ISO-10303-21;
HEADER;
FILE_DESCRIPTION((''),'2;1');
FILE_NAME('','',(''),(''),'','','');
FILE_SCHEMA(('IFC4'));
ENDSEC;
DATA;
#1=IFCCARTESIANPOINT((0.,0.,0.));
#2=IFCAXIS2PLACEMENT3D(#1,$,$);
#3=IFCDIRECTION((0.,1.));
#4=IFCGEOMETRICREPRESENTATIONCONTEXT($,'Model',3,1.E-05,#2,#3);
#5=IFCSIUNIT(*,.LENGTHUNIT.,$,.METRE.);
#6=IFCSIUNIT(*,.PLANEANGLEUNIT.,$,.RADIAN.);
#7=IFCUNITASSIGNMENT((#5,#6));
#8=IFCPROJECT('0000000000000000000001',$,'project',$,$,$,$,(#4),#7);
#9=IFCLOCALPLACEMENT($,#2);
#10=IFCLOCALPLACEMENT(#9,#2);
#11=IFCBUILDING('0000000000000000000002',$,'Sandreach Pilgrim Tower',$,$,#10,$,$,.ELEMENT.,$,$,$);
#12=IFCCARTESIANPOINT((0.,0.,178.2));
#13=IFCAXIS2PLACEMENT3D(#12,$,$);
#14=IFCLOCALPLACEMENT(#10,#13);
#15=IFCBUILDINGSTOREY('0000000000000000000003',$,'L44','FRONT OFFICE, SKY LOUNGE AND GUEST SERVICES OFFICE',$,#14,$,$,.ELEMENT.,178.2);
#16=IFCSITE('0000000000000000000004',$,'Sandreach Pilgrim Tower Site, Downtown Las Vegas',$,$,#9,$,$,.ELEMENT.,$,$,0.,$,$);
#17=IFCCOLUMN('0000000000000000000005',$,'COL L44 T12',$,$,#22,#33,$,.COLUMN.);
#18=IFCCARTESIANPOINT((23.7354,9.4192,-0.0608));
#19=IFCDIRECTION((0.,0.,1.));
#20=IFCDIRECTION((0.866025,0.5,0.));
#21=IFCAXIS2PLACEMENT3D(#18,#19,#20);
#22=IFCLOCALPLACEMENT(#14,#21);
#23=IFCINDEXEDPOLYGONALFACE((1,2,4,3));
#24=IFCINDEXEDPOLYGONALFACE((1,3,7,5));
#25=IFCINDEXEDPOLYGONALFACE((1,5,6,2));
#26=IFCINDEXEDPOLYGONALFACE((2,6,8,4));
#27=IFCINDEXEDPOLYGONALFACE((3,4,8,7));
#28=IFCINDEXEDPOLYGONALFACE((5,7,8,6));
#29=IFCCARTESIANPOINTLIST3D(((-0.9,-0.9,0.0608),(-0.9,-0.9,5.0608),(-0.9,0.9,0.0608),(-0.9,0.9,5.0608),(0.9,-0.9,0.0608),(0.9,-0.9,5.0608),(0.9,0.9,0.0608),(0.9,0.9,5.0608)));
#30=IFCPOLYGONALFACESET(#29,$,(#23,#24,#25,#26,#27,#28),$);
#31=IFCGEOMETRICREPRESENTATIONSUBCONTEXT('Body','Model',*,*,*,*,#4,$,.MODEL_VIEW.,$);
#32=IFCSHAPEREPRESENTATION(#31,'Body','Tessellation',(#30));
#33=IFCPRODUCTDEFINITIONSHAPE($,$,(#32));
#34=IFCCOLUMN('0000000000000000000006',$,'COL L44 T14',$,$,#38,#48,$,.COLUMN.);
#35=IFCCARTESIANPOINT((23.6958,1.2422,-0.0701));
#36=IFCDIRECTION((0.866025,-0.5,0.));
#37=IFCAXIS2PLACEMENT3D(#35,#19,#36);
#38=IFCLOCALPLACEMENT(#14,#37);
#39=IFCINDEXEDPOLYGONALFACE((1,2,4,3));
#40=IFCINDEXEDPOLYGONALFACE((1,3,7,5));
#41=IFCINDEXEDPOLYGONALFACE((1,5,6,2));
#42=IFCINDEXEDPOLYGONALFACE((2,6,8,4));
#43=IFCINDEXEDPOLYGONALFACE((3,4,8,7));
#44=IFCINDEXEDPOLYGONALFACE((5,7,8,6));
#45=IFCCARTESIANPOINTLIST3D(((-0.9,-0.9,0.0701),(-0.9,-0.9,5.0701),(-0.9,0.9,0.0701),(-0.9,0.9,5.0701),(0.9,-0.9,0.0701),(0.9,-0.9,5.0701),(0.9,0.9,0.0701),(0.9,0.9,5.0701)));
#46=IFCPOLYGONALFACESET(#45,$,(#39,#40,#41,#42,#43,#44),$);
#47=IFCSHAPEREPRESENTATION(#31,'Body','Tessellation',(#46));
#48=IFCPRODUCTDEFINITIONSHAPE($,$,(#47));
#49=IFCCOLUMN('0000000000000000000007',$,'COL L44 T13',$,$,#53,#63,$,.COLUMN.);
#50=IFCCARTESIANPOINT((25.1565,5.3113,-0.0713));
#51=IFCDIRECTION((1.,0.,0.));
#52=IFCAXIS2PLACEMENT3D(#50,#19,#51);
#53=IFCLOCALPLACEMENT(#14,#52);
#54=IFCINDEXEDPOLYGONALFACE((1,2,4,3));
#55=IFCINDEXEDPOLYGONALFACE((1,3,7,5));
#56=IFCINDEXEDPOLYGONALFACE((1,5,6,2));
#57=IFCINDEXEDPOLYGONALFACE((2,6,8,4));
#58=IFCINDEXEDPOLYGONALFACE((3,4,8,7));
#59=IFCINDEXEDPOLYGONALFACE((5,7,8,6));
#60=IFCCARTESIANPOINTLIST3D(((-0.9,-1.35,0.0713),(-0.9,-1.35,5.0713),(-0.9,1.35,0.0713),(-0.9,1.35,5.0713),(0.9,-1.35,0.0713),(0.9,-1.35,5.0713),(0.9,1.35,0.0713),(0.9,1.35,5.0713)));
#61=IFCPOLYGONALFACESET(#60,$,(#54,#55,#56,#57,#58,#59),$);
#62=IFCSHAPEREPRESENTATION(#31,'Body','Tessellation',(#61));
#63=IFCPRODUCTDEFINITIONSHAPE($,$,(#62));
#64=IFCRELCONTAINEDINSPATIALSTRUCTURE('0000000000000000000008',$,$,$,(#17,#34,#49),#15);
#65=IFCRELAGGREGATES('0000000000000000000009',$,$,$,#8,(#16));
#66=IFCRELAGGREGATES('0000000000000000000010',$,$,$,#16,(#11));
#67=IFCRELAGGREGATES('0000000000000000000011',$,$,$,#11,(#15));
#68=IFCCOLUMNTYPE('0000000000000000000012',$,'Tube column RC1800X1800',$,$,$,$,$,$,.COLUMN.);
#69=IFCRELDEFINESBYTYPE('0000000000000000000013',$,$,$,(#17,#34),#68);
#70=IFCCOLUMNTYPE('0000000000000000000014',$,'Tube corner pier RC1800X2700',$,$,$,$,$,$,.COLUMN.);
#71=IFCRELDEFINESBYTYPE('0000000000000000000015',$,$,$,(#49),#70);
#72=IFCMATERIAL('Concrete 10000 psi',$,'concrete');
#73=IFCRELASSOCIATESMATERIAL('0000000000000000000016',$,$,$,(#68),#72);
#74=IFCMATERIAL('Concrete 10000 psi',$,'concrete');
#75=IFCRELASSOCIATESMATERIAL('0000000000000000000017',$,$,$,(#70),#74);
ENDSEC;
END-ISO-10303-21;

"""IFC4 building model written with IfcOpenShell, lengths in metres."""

from ifc_helpers import new_model, si_unit, direction, frame, origin, origin_2d, place, context, subcontext, project, spatial, rectangle, extrude, clip, halfspace, material, material_profile, profile_set, type_object, element, save


model = new_model("IFC4")

# Units and contexts
model_context = context("Model", 3, precision=1e-05, world=origin(), true_north=direction((0.0, 1.0)))
body_context = subcontext(model_context, "Body", "Model", "MODEL_VIEW")
ifc_project = project(units=[si_unit("LENGTHUNIT", "METRE"), si_unit("PLANEANGLEUNIT", "RADIAN")], contexts=[model_context])

# Site, building, storey
site_placement = place(None, origin())
site = spatial("IfcSite", under=ifc_project, at=site_placement, Name="Sandreach Pilgrim Tower Site, Downtown Las Vegas", CompositionType="ELEMENT", RefElevation=0.0)
building_placement = place(site_placement, origin())
building = spatial("IfcBuilding", under=site, at=building_placement, Name="Sandreach Pilgrim Tower", CompositionType="ELEMENT")
storey_placement = place(building_placement, frame((0.0, 0.0, 178.2)))
storey = spatial("IfcBuildingStorey", under=building, at=storey_placement, Name="L44", Description="FRONT OFFICE, SKY LOUNGE AND GUEST SERVICES OFFICE", CompositionType="ELEMENT", Elevation=178.2)

# Columns
ifc_material_1 = material(Name="Concrete 10000 psi", Category="concrete")
ifc_material_profile_1 = material_profile(ifc_material_1, rectangle(XDim=1.8, YDim=1.8, at=origin_2d()), Name="RC1800X1800")
ifc_profile_set_1 = profile_set([ifc_material_profile_1], Name="Concrete 10000 psi")
column_type_1 = type_object("IfcColumnType", Name="Tube column RC1800X1800", PredefinedType="COLUMN", material=ifc_profile_set_1)
column_1_placement = place(storey_placement, frame((23.7354, 9.4192, -0.0608), z_axis=(0.0, 0.0, 1.0), x_axis=(0.866025, 0.5, 0.0)))
element("IfcColumn", 1, at=column_1_placement, inside=storey, type_object=column_type_1, Name="COL L44 T12", PredefinedType="COLUMN", context=body_context, shape_type="SweptSolid", body=[
    clip(extrude(rectangle(XDim=1.8, YDim=1.8, at=origin_2d()), origin(), (0.0, 0.0, 1.0), 5.0608), halfspace(frame((0.0, 0.0, 0.0608)), True)),
])
column_2_placement = place(storey_placement, frame((23.6958, 1.2422, -0.0701), z_axis=(0.0, 0.0, 1.0), x_axis=(0.866025, -0.5, 0.0)))
element("IfcColumn", 2, at=column_2_placement, inside=storey, type_object=column_type_1, Name="COL L44 T14", PredefinedType="COLUMN", context=body_context, shape_type="SweptSolid", body=[
    clip(extrude(rectangle(XDim=1.8, YDim=1.8, at=origin_2d()), origin(), (0.0, 0.0, 1.0), 5.0701), halfspace(frame((0.0, 0.0, 0.0701)), True)),
])
ifc_material_2 = material(Name="Concrete 10000 psi", Category="concrete")
ifc_material_profile_2 = material_profile(ifc_material_2, rectangle(XDim=1.8, YDim=2.7, at=origin_2d()), Name="RC1800X2700")
ifc_profile_set_2 = profile_set([ifc_material_profile_2], Name="Concrete 10000 psi")
column_type_2 = type_object("IfcColumnType", Name="Tube corner pier RC1800X2700", PredefinedType="COLUMN", material=ifc_profile_set_2)
column_3_placement = place(storey_placement, frame((25.1565, 5.3113, -0.0713), z_axis=(0.0, 0.0, 1.0), x_axis=(1.0, 0.0, 0.0)))
element("IfcColumn", 3, at=column_3_placement, inside=storey, type_object=column_type_2, Name="COL L44 T13", PredefinedType="COLUMN", context=body_context, shape_type="SweptSolid", body=[
    clip(extrude(rectangle(XDim=1.8, YDim=2.7, at=origin_2d()), origin(), (0.0, 0.0, 1.0), 5.0713), halfspace(frame((0.0, 0.0, 0.0713)), True)),
])

save(model, "model.ifc")
